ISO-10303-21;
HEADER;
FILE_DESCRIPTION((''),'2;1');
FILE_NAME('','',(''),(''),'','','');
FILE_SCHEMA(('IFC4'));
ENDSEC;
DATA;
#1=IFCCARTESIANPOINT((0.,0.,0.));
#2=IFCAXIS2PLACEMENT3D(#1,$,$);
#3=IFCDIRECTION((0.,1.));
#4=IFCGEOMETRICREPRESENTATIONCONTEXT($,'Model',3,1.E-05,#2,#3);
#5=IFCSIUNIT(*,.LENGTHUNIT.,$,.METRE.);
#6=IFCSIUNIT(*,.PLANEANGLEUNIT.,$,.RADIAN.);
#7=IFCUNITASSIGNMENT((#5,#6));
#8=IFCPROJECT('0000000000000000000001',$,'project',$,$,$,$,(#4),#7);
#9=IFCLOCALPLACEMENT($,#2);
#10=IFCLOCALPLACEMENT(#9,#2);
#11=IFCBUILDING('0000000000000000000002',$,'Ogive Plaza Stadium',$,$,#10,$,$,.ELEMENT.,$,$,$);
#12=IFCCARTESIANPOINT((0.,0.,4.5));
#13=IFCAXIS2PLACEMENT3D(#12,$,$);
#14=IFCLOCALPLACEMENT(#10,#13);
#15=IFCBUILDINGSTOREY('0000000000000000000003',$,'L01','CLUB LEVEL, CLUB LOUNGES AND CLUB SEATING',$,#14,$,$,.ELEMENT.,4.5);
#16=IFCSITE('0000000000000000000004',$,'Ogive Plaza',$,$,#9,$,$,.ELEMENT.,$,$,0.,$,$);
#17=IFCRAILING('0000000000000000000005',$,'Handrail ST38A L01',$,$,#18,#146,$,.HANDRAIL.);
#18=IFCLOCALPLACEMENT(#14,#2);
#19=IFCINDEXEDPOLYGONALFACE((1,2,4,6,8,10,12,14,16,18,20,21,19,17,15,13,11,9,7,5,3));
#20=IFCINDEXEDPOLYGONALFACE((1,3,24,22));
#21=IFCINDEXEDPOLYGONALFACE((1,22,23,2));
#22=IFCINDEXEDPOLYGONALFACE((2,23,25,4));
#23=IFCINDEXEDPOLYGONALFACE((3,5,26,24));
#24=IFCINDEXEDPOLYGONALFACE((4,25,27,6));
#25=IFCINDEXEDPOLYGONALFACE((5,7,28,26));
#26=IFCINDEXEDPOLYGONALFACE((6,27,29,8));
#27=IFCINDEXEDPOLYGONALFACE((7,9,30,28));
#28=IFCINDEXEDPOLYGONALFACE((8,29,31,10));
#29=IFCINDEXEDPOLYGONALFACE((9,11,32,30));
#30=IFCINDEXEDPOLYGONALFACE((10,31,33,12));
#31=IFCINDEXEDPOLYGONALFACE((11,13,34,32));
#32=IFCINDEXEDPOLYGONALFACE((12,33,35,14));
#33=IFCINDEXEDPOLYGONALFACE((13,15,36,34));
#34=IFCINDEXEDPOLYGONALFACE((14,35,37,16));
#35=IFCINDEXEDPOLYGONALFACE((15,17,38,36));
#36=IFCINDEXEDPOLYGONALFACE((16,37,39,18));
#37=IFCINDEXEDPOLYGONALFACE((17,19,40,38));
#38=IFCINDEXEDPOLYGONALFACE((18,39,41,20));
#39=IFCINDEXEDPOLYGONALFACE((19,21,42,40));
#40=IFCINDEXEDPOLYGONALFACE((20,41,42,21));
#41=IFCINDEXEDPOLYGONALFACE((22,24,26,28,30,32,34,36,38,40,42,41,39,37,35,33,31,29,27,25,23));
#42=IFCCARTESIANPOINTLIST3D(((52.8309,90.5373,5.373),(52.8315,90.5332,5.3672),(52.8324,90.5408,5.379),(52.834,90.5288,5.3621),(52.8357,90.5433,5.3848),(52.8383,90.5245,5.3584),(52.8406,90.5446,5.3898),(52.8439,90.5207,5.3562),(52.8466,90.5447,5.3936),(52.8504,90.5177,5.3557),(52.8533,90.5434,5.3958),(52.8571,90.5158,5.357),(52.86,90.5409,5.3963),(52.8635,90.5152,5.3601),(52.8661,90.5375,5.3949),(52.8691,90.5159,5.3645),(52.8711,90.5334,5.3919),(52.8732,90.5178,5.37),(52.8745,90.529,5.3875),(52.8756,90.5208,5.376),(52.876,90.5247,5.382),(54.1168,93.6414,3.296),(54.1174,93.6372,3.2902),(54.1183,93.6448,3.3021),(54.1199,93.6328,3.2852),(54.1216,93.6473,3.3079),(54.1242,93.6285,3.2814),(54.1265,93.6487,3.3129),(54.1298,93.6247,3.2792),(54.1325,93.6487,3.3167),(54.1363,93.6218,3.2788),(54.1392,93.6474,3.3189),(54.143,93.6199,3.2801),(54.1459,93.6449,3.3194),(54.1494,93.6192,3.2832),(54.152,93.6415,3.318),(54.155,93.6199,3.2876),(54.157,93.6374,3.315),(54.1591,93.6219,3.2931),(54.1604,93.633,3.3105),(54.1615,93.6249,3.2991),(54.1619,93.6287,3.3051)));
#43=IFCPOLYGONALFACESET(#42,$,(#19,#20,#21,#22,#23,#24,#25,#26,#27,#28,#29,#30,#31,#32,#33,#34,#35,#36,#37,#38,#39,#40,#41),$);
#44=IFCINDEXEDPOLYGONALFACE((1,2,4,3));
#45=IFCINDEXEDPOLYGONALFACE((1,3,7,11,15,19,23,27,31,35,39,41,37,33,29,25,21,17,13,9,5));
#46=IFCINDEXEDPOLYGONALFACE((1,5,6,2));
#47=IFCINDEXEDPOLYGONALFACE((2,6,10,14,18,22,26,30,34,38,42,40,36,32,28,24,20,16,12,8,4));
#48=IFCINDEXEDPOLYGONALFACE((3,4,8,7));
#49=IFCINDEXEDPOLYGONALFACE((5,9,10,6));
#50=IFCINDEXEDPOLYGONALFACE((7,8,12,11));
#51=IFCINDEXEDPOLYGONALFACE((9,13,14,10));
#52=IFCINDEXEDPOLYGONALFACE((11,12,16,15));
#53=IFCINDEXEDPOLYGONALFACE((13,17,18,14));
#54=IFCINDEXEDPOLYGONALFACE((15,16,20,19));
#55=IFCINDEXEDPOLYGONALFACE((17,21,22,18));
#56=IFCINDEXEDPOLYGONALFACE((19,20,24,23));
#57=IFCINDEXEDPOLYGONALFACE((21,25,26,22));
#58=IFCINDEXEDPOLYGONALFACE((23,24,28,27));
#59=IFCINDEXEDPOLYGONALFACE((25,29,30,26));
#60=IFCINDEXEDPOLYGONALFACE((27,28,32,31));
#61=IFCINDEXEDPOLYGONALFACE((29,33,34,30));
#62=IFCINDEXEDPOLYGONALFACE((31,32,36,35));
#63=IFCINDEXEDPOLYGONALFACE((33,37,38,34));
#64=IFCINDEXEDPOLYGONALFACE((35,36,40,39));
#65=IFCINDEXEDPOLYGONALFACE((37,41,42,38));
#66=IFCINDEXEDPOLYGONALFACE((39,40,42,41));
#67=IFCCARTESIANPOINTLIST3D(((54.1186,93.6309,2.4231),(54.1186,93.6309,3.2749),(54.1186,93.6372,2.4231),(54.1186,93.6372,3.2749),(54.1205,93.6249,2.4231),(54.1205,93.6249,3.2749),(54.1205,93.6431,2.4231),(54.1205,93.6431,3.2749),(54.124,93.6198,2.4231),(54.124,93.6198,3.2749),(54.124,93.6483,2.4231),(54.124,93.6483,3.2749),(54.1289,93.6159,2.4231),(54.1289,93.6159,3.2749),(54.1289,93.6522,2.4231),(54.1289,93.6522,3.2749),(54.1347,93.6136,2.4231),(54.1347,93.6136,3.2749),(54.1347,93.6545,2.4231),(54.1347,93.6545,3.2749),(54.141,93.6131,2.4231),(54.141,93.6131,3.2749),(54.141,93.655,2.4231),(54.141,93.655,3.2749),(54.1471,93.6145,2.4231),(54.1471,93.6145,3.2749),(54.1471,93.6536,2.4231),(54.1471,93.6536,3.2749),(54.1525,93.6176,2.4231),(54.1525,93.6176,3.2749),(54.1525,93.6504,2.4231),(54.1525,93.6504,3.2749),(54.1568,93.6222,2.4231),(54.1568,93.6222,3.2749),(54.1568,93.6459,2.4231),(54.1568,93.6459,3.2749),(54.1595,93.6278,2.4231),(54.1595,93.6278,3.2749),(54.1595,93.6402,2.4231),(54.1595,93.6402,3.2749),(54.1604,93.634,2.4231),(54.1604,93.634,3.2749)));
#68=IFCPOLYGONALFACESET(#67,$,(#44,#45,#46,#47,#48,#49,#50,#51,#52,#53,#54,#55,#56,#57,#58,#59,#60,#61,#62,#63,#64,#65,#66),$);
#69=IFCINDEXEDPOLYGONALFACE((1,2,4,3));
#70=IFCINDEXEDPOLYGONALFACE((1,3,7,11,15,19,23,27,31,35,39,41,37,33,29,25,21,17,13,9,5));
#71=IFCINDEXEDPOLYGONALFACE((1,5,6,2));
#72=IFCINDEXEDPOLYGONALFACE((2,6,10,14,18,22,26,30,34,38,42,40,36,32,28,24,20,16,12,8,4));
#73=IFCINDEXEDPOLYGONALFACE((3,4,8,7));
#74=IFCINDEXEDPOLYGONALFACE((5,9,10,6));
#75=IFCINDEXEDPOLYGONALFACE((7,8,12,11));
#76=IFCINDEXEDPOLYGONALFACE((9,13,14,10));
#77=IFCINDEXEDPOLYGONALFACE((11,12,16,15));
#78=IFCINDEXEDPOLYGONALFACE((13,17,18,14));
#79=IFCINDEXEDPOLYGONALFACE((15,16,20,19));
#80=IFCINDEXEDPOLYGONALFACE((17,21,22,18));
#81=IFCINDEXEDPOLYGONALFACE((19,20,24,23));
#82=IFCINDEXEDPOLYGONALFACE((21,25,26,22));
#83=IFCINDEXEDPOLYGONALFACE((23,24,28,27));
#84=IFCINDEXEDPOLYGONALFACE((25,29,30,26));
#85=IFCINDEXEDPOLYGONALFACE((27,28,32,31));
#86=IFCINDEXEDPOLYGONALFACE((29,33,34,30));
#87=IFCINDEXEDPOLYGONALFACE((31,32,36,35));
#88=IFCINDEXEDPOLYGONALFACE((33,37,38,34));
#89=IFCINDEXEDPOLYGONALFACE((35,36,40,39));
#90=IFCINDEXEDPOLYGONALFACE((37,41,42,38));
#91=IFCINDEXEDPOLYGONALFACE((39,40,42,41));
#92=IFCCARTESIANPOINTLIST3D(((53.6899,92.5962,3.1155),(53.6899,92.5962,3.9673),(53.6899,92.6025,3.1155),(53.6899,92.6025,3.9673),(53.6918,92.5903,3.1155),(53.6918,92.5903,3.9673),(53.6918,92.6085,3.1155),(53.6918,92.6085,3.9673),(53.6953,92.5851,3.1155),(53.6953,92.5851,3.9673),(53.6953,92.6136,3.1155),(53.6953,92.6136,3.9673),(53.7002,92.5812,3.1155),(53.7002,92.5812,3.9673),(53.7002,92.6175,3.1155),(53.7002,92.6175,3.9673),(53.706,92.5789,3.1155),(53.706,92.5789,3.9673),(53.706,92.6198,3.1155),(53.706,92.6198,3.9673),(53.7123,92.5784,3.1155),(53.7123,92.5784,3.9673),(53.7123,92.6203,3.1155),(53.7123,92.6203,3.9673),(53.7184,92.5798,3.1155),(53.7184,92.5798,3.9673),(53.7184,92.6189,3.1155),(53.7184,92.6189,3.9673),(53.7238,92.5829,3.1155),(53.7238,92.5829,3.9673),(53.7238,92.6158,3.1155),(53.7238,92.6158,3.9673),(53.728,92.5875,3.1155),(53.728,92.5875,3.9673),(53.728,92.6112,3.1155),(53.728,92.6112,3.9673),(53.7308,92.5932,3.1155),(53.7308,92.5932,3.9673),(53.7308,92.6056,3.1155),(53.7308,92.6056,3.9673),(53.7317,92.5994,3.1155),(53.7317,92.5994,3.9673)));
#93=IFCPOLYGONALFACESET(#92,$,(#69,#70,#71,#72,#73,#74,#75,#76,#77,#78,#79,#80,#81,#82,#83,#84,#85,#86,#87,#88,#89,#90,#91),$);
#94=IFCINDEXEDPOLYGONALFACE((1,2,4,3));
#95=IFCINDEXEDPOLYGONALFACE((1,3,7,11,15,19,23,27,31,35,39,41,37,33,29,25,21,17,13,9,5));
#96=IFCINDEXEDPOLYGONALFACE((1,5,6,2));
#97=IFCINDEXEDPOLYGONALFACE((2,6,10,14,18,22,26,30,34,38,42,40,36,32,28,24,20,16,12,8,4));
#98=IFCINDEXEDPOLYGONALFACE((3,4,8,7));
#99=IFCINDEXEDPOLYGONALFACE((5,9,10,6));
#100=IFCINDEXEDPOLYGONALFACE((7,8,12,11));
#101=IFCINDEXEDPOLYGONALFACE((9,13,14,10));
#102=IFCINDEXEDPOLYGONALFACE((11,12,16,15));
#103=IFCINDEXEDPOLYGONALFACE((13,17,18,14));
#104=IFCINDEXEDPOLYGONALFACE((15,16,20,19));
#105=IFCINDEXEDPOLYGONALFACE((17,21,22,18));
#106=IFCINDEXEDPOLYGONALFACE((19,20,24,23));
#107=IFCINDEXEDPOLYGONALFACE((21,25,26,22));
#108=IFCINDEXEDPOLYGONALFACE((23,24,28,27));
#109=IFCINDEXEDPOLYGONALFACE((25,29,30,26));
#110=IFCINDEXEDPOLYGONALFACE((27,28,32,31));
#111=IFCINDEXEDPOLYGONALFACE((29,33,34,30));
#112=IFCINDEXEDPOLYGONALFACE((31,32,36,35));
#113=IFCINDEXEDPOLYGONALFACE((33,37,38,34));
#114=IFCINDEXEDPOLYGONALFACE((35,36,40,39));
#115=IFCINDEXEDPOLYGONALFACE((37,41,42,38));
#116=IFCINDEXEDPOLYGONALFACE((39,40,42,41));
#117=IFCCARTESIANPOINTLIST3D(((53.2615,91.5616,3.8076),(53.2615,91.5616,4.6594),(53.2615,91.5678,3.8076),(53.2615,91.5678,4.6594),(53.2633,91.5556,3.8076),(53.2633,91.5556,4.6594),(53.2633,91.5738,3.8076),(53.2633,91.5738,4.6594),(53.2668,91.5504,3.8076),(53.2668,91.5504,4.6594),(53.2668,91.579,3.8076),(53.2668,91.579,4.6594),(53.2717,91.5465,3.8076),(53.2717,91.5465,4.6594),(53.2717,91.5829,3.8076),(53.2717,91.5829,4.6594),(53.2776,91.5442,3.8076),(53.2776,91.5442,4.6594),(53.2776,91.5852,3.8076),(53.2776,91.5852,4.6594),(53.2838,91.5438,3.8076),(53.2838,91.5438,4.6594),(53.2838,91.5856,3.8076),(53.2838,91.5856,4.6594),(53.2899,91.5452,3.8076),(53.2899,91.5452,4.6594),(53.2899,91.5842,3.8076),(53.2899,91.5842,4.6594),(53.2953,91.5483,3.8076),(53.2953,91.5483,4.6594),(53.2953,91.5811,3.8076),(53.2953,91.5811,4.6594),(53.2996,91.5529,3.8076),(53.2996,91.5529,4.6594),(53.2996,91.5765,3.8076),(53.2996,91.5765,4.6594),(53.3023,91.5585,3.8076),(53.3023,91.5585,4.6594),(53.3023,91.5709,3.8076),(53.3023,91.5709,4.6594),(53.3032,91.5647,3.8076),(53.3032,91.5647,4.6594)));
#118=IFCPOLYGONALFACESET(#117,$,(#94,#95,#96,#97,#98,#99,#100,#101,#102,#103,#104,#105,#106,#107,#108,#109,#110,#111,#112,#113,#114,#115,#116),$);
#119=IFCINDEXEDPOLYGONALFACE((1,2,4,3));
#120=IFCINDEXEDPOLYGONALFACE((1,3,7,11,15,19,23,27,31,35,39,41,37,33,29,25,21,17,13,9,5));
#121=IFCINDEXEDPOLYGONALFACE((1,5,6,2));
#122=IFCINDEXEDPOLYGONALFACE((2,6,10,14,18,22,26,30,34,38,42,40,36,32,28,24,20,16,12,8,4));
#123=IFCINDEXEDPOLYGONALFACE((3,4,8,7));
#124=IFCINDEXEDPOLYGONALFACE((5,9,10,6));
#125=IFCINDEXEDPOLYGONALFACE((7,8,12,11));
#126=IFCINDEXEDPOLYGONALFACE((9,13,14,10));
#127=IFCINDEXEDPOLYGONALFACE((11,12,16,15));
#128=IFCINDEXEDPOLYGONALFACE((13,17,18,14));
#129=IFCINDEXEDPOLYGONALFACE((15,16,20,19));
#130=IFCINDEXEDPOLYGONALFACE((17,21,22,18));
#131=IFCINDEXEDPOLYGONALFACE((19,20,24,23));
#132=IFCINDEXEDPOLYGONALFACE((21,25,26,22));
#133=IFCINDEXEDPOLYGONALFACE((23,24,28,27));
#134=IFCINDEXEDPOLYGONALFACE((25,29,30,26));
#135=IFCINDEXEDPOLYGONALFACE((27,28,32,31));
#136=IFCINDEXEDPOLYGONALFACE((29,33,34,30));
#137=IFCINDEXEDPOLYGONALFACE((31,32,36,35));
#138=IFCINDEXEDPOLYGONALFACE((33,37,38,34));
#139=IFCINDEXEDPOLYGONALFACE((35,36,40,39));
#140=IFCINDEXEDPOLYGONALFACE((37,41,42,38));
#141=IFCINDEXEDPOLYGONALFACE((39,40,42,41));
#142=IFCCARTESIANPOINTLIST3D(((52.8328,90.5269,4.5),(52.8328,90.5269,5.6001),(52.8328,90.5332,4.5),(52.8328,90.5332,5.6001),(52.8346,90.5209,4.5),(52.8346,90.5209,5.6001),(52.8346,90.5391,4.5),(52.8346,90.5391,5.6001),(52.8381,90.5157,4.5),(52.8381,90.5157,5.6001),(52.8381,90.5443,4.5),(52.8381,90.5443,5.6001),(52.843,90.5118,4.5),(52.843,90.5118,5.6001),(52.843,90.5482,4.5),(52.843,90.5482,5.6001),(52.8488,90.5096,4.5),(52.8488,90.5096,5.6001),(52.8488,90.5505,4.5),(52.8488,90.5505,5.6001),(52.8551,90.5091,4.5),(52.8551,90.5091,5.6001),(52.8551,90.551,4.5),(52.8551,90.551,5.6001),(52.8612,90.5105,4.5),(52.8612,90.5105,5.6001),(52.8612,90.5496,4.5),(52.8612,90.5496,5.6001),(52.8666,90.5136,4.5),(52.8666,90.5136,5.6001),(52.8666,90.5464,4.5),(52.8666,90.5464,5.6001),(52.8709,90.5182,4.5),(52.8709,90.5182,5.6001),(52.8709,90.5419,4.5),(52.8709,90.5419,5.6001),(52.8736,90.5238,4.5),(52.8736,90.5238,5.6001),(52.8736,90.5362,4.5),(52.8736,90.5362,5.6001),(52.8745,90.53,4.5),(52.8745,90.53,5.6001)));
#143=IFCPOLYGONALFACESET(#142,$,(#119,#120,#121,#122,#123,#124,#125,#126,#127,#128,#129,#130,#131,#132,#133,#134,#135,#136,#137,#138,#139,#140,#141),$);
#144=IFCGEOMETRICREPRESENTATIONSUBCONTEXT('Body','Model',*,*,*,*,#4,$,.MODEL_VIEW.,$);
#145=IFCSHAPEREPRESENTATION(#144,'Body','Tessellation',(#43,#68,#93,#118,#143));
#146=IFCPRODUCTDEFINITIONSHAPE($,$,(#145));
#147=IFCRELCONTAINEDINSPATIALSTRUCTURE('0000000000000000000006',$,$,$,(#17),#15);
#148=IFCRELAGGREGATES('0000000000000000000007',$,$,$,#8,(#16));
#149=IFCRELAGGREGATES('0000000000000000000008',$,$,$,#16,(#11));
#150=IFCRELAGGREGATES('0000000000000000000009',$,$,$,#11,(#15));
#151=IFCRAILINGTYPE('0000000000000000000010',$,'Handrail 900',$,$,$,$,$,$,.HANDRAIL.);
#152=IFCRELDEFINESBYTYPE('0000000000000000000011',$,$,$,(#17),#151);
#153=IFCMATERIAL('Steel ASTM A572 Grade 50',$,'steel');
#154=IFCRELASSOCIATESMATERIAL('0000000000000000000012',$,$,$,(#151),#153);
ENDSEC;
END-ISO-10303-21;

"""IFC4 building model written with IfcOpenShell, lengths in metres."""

from ifc_helpers import new_model, si_unit, direction, frame, origin, origin_2d, place, context, subcontext, project, spatial, circle, extrude, material, type_object, element, save


model = new_model("IFC4")

# Units and contexts
model_context = context("Model", 3, precision=1e-05, world=origin(), true_north=direction((0.0, 1.0)))
body_context = subcontext(model_context, "Body", "Model", "MODEL_VIEW")
ifc_project = project(units=[si_unit("LENGTHUNIT", "METRE"), si_unit("PLANEANGLEUNIT", "RADIAN")], contexts=[model_context])

# Site, building, storey
site_placement = place(None, origin())
site = spatial("IfcSite", under=ifc_project, at=site_placement, Name="Ogive Plaza", CompositionType="ELEMENT", RefElevation=0.0)
building_placement = place(site_placement, origin())
building = spatial("IfcBuilding", under=site, at=building_placement, Name="Ogive Plaza Stadium", CompositionType="ELEMENT")
storey_placement = place(building_placement, frame((0.0, 0.0, 4.5)))
storey = spatial("IfcBuildingStorey", under=building, at=storey_placement, Name="L01", Description="CLUB LEVEL, CLUB LOUNGES AND CLUB SEATING", CompositionType="ELEMENT", Elevation=4.5)

# Railing
ifc_material_1 = material(Name="Steel ASTM A572 Grade 50", Category="steel")
railing_type_1 = type_object("IfcRailingType", Name="Handrail 900", PredefinedType="HANDRAIL", material=ifc_material_1)
railing_1_placement = place(storey_placement, frame((54.1394, 93.634, 2.4231)))
element("IfcRailing", 1, at=railing_1_placement, inside=storey, type_object=railing_type_1, Name="Handrail ST38A L01", PredefinedType="HANDRAIL", context=body_context, shape_type="SweptSolid", body=[
    extrude(circle(Radius=0.0239, at=origin_2d()), frame((0.0, 0.0, 0.876), z_axis=(-0.325548, -0.785839, 0.525809), x_axis=(0.923862, -0.382726, 0.0)), (0.0, 0.0, 1.0), 3.95),
    extrude(circle(Radius=0.021, at=origin_2d()), origin(), (0.0, 0.0, 1.0), 0.8518),
    extrude(circle(Radius=0.021, at=origin_2d()), frame((-0.4287, -1.0347, 0.6924)), (0.0, 0.0, 1.0), 0.8518),
    extrude(circle(Radius=0.021, at=origin_2d()), frame((-0.8572, -2.0693, 1.3845)), (0.0, 0.0, 1.0), 0.8518),
    extrude(circle(Radius=0.021, at=origin_2d()), frame((-1.2859, -3.104, 2.0769)), (0.0, 0.0, 1.0), 1.1001),
])

save(model, "model.ifc")
